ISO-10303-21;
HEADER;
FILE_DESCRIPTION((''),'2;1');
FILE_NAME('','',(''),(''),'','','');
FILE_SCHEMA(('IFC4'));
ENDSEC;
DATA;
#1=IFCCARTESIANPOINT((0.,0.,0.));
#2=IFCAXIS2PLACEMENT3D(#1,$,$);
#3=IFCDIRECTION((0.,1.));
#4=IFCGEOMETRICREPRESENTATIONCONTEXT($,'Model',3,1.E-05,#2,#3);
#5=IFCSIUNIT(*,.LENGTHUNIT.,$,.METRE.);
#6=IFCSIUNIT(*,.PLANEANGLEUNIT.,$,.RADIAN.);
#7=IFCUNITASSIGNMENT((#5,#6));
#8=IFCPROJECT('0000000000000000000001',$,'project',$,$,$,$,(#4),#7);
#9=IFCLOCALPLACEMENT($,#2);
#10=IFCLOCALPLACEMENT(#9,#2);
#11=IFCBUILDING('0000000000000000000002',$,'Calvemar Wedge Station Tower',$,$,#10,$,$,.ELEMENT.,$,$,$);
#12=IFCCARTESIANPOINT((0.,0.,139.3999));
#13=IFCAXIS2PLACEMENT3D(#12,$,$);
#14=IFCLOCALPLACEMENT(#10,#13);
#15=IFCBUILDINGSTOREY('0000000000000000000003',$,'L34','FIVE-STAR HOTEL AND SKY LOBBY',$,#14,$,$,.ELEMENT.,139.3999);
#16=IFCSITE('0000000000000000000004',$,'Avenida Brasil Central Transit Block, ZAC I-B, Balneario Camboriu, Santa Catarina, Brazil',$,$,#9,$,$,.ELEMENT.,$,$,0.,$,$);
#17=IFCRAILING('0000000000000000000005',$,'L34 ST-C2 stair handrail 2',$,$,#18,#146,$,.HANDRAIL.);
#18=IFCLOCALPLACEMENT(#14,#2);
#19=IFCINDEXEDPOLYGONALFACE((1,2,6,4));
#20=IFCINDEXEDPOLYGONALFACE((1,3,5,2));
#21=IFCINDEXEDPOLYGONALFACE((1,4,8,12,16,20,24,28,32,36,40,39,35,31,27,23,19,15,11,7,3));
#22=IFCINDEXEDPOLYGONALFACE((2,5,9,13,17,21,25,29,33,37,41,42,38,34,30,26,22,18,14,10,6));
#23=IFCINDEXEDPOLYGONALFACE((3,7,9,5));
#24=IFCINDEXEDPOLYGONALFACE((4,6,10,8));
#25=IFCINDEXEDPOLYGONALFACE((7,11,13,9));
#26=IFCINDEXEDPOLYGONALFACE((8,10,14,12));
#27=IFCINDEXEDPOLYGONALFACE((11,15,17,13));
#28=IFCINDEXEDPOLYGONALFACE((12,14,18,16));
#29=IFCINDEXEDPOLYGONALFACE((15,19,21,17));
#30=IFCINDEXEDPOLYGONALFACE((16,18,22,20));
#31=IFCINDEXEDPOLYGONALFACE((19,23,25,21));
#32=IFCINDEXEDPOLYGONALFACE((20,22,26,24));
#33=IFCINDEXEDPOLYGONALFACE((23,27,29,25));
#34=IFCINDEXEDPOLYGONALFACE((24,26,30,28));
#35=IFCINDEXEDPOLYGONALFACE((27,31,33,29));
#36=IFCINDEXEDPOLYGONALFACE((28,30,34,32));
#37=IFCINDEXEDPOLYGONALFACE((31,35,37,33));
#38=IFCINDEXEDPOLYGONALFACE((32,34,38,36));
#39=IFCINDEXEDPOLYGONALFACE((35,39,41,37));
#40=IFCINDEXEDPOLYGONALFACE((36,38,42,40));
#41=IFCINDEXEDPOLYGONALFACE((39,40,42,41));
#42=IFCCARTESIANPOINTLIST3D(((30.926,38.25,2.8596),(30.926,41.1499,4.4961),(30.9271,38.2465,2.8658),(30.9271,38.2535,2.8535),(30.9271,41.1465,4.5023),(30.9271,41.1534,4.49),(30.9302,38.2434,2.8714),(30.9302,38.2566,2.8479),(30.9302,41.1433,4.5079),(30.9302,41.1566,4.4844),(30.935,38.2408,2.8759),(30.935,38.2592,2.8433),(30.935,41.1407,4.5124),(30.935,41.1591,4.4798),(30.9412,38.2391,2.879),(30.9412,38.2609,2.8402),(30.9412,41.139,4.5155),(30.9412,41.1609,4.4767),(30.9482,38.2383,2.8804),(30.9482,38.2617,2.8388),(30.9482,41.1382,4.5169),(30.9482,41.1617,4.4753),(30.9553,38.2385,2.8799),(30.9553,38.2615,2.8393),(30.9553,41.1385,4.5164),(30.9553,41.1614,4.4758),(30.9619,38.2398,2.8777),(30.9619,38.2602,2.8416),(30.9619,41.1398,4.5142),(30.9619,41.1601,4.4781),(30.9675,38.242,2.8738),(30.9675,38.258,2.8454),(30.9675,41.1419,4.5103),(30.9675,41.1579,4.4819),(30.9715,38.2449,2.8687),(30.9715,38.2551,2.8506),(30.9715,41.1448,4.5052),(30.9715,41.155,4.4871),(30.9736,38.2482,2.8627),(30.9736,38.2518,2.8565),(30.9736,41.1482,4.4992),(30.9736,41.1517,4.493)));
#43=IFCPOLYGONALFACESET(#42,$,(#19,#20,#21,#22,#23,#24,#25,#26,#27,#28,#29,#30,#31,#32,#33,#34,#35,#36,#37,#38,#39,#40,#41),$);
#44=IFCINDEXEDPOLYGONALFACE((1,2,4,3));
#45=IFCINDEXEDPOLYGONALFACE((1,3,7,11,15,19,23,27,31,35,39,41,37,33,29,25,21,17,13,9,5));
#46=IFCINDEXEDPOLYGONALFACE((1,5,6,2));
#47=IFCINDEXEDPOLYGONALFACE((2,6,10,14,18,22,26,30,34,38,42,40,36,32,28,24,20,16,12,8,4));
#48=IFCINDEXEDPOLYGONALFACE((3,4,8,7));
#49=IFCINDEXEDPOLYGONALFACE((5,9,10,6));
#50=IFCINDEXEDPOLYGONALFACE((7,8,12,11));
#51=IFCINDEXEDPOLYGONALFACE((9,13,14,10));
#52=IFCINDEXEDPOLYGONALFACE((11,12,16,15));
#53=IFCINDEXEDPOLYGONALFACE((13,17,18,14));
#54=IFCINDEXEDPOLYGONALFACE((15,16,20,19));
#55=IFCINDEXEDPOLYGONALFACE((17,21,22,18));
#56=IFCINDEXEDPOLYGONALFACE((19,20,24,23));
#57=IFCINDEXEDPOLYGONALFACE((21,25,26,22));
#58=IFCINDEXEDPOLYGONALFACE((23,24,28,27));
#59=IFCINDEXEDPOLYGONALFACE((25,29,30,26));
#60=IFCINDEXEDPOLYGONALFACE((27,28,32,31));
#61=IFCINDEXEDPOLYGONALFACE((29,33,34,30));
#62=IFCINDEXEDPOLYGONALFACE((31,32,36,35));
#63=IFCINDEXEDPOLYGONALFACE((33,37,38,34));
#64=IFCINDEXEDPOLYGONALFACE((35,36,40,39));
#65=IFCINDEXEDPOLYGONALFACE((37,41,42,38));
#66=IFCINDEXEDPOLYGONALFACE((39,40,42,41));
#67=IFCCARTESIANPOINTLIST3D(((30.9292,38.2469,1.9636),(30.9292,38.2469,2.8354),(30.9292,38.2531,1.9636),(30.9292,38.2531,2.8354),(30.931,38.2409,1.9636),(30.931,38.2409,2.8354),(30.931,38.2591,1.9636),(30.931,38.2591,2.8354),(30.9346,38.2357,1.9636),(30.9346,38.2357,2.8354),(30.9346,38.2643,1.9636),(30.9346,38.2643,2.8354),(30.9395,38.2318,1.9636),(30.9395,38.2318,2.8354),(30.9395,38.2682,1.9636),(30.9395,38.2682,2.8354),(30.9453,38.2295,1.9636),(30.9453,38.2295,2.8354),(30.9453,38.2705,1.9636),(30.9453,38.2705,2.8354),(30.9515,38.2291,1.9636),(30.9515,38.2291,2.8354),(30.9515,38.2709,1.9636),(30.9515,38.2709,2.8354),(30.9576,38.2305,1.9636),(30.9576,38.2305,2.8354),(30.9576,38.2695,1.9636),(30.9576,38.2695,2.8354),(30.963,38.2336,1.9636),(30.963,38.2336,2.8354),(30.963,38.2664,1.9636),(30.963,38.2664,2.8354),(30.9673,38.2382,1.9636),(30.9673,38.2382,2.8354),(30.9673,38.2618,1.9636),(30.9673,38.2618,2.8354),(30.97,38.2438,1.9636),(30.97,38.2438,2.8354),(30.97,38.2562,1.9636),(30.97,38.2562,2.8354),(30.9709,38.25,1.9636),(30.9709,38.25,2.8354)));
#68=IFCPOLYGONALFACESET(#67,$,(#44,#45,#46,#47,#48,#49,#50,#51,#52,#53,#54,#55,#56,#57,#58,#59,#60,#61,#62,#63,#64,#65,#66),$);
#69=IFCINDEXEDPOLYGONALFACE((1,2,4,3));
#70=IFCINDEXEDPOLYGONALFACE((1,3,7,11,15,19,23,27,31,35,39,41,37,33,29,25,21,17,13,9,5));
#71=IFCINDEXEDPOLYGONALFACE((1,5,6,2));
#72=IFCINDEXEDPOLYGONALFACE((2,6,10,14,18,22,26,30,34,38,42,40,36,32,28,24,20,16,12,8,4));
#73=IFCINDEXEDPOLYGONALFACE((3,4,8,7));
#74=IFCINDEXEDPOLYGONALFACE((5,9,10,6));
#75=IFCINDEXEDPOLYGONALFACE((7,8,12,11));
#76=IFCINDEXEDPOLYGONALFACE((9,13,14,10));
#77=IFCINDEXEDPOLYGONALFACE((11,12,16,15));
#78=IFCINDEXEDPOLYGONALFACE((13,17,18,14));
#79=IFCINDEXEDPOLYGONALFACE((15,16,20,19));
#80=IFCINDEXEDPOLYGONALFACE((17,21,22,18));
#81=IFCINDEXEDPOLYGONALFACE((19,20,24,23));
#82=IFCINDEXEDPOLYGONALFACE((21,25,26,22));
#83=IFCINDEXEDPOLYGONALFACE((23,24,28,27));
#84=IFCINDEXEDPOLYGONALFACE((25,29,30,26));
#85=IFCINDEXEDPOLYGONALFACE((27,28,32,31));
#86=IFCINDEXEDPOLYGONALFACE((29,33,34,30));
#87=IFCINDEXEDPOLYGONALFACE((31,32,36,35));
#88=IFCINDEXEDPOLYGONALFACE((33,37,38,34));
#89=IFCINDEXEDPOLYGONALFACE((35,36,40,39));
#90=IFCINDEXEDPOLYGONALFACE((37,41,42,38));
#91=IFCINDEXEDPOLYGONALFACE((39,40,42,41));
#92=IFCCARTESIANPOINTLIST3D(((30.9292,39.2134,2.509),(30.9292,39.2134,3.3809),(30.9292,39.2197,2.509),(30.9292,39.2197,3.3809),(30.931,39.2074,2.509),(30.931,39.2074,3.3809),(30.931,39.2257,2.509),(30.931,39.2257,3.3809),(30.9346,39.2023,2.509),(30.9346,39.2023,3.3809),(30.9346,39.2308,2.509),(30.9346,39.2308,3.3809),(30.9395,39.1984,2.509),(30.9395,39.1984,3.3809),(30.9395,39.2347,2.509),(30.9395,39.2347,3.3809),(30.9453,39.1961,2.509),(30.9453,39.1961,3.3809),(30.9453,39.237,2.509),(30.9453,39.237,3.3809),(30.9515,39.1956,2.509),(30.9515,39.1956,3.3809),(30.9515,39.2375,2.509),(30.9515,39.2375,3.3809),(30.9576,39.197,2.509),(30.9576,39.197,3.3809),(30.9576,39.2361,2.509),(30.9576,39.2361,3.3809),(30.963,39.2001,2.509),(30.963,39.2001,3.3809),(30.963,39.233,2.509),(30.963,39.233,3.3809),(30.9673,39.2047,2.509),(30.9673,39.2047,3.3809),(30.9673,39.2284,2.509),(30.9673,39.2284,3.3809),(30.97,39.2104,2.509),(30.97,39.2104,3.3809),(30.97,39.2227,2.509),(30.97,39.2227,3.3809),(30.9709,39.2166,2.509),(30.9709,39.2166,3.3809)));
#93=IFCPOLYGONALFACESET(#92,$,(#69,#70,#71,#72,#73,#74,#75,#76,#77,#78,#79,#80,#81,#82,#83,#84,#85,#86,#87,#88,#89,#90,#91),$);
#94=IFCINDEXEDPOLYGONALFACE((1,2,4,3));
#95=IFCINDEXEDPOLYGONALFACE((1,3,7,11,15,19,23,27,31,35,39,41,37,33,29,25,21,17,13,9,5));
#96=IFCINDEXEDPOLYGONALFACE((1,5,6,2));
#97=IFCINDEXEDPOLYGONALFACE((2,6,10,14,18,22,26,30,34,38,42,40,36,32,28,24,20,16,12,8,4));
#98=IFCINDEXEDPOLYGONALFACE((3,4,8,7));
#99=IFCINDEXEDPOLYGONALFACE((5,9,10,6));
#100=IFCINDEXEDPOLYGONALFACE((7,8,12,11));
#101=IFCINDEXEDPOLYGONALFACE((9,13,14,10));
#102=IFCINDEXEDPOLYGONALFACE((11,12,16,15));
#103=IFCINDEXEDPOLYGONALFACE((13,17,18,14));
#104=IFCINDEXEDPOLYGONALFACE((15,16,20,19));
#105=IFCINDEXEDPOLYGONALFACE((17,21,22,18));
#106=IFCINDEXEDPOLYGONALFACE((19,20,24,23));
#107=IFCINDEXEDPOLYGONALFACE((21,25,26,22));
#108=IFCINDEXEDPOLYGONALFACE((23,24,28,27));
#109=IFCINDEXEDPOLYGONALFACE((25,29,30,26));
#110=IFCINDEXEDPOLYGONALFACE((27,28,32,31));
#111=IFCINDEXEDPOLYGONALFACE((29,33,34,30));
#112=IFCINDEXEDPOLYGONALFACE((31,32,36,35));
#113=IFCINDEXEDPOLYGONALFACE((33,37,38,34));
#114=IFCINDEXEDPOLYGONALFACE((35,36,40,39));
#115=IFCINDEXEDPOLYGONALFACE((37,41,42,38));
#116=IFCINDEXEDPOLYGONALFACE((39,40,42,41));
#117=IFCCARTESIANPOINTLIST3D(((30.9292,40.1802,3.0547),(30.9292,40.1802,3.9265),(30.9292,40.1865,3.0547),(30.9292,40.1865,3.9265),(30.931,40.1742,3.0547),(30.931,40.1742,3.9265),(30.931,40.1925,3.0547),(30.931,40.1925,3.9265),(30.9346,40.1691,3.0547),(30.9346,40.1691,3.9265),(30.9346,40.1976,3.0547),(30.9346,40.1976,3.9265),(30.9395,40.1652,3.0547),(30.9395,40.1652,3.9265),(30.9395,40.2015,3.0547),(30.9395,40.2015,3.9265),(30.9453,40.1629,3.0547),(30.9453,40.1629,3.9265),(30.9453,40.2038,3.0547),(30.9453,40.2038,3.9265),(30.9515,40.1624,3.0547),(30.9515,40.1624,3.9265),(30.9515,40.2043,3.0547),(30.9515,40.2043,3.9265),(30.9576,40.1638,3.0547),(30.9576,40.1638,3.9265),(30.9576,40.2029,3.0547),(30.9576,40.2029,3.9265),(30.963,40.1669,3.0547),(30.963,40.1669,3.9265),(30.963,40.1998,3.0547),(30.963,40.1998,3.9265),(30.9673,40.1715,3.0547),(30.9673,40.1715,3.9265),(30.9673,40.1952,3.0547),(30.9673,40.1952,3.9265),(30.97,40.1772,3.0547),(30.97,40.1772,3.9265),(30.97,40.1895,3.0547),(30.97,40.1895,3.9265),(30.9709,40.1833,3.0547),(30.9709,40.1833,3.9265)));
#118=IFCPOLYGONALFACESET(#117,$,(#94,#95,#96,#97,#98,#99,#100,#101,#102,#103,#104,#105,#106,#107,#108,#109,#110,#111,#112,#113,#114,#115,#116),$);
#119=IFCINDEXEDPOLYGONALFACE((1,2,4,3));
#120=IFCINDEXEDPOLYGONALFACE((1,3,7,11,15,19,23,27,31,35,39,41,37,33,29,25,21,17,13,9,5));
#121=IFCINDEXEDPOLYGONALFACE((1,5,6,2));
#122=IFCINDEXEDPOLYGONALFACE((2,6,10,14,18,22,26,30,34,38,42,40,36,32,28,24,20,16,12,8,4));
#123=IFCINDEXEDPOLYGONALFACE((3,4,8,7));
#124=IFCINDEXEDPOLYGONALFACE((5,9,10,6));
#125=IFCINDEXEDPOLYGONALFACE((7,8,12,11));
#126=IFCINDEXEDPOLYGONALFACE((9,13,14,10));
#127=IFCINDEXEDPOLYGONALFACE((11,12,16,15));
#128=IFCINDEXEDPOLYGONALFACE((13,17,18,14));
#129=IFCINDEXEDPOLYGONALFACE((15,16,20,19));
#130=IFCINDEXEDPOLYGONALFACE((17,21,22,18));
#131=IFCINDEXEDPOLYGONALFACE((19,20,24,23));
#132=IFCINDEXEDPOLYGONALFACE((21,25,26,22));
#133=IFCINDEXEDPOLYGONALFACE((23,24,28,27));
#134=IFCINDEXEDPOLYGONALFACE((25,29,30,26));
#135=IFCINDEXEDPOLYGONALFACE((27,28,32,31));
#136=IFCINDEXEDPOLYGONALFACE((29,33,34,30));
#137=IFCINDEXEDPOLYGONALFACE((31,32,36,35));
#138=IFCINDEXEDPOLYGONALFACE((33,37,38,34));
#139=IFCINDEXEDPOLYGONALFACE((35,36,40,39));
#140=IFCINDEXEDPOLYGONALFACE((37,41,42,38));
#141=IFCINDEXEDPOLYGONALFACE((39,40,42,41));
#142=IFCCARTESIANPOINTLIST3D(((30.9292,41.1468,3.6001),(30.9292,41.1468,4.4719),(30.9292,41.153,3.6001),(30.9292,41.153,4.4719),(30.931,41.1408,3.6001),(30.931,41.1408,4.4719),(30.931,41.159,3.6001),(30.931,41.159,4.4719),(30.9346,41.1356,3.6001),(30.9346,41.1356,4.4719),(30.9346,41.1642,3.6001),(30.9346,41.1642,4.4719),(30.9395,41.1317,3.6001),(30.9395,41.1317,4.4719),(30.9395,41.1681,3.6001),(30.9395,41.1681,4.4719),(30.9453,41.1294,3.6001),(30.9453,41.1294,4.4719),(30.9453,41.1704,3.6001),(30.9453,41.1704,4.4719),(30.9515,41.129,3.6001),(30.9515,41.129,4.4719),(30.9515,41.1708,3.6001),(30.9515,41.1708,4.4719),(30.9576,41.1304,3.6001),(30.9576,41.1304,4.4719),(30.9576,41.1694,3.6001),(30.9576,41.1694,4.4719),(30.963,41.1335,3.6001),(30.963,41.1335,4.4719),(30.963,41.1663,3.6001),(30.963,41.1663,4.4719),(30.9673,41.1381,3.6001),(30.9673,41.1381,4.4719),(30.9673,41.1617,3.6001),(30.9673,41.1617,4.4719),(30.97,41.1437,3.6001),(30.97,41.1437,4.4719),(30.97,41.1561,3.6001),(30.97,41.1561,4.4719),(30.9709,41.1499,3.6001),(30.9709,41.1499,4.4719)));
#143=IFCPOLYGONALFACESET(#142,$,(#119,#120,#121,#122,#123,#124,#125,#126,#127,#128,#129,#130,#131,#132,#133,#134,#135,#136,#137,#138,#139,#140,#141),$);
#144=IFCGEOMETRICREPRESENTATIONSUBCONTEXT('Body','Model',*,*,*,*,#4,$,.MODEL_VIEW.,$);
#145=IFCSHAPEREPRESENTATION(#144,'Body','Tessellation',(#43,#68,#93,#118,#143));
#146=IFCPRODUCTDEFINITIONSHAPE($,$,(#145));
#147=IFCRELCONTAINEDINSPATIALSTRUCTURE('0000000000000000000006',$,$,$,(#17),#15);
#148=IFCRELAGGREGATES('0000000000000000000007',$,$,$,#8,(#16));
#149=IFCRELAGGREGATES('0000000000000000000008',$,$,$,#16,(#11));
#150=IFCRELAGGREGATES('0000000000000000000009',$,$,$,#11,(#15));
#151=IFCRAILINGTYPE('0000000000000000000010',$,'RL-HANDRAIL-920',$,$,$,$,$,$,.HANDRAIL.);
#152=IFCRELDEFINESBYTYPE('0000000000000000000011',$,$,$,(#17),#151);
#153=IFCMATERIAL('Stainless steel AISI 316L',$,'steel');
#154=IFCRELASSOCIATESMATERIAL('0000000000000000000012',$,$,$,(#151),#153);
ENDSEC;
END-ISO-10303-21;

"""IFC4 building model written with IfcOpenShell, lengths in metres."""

from ifc_helpers import new_model, si_unit, direction, frame, origin, origin_2d, place, context, subcontext, project, spatial, circle, extrude, material, type_object, element, save


model = new_model("IFC4")

# Units and contexts
model_context = context("Model", 3, precision=1e-05, world=origin(), true_north=direction((0.0, 1.0)))
body_context = subcontext(model_context, "Body", "Model", "MODEL_VIEW")
ifc_project = project(units=[si_unit("LENGTHUNIT", "METRE"), si_unit("PLANEANGLEUNIT", "RADIAN")], contexts=[model_context])

# Site, building, storey
site_placement = place(None, origin())
site = spatial("IfcSite", under=ifc_project, at=site_placement, Name="Avenida Brasil Central Transit Block, ZAC I-B, Balneario Camboriu, Santa Catarina, Brazil", CompositionType="ELEMENT", RefElevation=0.0)
building_placement = place(site_placement, origin())
building = spatial("IfcBuilding", under=site, at=building_placement, Name="Calvemar Wedge Station Tower", CompositionType="ELEMENT")
storey_placement = place(building_placement, frame((0.0, 0.0, 139.3999)))
storey = spatial("IfcBuildingStorey", under=building, at=storey_placement, Name="L34", Description="FIVE-STAR HOTEL AND SKY LOBBY", CompositionType="ELEMENT", Elevation=139.3999)

# Railing
ifc_material_1 = material(Name="Stainless steel AISI 316L", Category="steel")
railing_type_1 = type_object("IfcRailingType", Name="RL-HANDRAIL-920", PredefinedType="HANDRAIL", material=ifc_material_1)
railing_1_placement = place(storey_placement, frame((30.95, 38.25, 1.9636)))
element("IfcRailing", 1, at=railing_1_placement, inside=storey, type_object=railing_type_1, Name="L34 ST-C2 stair handrail 2", PredefinedType="HANDRAIL", context=body_context, shape_type="SweptSolid", body=[
    extrude(circle(Radius=0.0239, at=origin_2d()), frame((0.0, 0.0, 0.896), z_axis=(0.0, 0.870897, 0.491465), x_axis=(-1.0, 0.0, 0.0)), (0.0, 0.0, 1.0), 3.3298),
    extrude(circle(Radius=0.021, at=origin_2d()), origin(), (0.0, 0.0, 1.0), 0.8718),
    extrude(circle(Radius=0.021, at=origin_2d()), frame((0.0, 0.9666, 0.5454)), (0.0, 0.0, 1.0), 0.8718),
    extrude(circle(Radius=0.021, at=origin_2d()), frame((0.0, 1.9333, 1.0911)), (0.0, 0.0, 1.0), 0.8718),
    extrude(circle(Radius=0.021, at=origin_2d()), frame((0.0, 2.8999, 1.6365)), (0.0, 0.0, 1.0), 0.8718),
])

save(model, "model.ifc")
